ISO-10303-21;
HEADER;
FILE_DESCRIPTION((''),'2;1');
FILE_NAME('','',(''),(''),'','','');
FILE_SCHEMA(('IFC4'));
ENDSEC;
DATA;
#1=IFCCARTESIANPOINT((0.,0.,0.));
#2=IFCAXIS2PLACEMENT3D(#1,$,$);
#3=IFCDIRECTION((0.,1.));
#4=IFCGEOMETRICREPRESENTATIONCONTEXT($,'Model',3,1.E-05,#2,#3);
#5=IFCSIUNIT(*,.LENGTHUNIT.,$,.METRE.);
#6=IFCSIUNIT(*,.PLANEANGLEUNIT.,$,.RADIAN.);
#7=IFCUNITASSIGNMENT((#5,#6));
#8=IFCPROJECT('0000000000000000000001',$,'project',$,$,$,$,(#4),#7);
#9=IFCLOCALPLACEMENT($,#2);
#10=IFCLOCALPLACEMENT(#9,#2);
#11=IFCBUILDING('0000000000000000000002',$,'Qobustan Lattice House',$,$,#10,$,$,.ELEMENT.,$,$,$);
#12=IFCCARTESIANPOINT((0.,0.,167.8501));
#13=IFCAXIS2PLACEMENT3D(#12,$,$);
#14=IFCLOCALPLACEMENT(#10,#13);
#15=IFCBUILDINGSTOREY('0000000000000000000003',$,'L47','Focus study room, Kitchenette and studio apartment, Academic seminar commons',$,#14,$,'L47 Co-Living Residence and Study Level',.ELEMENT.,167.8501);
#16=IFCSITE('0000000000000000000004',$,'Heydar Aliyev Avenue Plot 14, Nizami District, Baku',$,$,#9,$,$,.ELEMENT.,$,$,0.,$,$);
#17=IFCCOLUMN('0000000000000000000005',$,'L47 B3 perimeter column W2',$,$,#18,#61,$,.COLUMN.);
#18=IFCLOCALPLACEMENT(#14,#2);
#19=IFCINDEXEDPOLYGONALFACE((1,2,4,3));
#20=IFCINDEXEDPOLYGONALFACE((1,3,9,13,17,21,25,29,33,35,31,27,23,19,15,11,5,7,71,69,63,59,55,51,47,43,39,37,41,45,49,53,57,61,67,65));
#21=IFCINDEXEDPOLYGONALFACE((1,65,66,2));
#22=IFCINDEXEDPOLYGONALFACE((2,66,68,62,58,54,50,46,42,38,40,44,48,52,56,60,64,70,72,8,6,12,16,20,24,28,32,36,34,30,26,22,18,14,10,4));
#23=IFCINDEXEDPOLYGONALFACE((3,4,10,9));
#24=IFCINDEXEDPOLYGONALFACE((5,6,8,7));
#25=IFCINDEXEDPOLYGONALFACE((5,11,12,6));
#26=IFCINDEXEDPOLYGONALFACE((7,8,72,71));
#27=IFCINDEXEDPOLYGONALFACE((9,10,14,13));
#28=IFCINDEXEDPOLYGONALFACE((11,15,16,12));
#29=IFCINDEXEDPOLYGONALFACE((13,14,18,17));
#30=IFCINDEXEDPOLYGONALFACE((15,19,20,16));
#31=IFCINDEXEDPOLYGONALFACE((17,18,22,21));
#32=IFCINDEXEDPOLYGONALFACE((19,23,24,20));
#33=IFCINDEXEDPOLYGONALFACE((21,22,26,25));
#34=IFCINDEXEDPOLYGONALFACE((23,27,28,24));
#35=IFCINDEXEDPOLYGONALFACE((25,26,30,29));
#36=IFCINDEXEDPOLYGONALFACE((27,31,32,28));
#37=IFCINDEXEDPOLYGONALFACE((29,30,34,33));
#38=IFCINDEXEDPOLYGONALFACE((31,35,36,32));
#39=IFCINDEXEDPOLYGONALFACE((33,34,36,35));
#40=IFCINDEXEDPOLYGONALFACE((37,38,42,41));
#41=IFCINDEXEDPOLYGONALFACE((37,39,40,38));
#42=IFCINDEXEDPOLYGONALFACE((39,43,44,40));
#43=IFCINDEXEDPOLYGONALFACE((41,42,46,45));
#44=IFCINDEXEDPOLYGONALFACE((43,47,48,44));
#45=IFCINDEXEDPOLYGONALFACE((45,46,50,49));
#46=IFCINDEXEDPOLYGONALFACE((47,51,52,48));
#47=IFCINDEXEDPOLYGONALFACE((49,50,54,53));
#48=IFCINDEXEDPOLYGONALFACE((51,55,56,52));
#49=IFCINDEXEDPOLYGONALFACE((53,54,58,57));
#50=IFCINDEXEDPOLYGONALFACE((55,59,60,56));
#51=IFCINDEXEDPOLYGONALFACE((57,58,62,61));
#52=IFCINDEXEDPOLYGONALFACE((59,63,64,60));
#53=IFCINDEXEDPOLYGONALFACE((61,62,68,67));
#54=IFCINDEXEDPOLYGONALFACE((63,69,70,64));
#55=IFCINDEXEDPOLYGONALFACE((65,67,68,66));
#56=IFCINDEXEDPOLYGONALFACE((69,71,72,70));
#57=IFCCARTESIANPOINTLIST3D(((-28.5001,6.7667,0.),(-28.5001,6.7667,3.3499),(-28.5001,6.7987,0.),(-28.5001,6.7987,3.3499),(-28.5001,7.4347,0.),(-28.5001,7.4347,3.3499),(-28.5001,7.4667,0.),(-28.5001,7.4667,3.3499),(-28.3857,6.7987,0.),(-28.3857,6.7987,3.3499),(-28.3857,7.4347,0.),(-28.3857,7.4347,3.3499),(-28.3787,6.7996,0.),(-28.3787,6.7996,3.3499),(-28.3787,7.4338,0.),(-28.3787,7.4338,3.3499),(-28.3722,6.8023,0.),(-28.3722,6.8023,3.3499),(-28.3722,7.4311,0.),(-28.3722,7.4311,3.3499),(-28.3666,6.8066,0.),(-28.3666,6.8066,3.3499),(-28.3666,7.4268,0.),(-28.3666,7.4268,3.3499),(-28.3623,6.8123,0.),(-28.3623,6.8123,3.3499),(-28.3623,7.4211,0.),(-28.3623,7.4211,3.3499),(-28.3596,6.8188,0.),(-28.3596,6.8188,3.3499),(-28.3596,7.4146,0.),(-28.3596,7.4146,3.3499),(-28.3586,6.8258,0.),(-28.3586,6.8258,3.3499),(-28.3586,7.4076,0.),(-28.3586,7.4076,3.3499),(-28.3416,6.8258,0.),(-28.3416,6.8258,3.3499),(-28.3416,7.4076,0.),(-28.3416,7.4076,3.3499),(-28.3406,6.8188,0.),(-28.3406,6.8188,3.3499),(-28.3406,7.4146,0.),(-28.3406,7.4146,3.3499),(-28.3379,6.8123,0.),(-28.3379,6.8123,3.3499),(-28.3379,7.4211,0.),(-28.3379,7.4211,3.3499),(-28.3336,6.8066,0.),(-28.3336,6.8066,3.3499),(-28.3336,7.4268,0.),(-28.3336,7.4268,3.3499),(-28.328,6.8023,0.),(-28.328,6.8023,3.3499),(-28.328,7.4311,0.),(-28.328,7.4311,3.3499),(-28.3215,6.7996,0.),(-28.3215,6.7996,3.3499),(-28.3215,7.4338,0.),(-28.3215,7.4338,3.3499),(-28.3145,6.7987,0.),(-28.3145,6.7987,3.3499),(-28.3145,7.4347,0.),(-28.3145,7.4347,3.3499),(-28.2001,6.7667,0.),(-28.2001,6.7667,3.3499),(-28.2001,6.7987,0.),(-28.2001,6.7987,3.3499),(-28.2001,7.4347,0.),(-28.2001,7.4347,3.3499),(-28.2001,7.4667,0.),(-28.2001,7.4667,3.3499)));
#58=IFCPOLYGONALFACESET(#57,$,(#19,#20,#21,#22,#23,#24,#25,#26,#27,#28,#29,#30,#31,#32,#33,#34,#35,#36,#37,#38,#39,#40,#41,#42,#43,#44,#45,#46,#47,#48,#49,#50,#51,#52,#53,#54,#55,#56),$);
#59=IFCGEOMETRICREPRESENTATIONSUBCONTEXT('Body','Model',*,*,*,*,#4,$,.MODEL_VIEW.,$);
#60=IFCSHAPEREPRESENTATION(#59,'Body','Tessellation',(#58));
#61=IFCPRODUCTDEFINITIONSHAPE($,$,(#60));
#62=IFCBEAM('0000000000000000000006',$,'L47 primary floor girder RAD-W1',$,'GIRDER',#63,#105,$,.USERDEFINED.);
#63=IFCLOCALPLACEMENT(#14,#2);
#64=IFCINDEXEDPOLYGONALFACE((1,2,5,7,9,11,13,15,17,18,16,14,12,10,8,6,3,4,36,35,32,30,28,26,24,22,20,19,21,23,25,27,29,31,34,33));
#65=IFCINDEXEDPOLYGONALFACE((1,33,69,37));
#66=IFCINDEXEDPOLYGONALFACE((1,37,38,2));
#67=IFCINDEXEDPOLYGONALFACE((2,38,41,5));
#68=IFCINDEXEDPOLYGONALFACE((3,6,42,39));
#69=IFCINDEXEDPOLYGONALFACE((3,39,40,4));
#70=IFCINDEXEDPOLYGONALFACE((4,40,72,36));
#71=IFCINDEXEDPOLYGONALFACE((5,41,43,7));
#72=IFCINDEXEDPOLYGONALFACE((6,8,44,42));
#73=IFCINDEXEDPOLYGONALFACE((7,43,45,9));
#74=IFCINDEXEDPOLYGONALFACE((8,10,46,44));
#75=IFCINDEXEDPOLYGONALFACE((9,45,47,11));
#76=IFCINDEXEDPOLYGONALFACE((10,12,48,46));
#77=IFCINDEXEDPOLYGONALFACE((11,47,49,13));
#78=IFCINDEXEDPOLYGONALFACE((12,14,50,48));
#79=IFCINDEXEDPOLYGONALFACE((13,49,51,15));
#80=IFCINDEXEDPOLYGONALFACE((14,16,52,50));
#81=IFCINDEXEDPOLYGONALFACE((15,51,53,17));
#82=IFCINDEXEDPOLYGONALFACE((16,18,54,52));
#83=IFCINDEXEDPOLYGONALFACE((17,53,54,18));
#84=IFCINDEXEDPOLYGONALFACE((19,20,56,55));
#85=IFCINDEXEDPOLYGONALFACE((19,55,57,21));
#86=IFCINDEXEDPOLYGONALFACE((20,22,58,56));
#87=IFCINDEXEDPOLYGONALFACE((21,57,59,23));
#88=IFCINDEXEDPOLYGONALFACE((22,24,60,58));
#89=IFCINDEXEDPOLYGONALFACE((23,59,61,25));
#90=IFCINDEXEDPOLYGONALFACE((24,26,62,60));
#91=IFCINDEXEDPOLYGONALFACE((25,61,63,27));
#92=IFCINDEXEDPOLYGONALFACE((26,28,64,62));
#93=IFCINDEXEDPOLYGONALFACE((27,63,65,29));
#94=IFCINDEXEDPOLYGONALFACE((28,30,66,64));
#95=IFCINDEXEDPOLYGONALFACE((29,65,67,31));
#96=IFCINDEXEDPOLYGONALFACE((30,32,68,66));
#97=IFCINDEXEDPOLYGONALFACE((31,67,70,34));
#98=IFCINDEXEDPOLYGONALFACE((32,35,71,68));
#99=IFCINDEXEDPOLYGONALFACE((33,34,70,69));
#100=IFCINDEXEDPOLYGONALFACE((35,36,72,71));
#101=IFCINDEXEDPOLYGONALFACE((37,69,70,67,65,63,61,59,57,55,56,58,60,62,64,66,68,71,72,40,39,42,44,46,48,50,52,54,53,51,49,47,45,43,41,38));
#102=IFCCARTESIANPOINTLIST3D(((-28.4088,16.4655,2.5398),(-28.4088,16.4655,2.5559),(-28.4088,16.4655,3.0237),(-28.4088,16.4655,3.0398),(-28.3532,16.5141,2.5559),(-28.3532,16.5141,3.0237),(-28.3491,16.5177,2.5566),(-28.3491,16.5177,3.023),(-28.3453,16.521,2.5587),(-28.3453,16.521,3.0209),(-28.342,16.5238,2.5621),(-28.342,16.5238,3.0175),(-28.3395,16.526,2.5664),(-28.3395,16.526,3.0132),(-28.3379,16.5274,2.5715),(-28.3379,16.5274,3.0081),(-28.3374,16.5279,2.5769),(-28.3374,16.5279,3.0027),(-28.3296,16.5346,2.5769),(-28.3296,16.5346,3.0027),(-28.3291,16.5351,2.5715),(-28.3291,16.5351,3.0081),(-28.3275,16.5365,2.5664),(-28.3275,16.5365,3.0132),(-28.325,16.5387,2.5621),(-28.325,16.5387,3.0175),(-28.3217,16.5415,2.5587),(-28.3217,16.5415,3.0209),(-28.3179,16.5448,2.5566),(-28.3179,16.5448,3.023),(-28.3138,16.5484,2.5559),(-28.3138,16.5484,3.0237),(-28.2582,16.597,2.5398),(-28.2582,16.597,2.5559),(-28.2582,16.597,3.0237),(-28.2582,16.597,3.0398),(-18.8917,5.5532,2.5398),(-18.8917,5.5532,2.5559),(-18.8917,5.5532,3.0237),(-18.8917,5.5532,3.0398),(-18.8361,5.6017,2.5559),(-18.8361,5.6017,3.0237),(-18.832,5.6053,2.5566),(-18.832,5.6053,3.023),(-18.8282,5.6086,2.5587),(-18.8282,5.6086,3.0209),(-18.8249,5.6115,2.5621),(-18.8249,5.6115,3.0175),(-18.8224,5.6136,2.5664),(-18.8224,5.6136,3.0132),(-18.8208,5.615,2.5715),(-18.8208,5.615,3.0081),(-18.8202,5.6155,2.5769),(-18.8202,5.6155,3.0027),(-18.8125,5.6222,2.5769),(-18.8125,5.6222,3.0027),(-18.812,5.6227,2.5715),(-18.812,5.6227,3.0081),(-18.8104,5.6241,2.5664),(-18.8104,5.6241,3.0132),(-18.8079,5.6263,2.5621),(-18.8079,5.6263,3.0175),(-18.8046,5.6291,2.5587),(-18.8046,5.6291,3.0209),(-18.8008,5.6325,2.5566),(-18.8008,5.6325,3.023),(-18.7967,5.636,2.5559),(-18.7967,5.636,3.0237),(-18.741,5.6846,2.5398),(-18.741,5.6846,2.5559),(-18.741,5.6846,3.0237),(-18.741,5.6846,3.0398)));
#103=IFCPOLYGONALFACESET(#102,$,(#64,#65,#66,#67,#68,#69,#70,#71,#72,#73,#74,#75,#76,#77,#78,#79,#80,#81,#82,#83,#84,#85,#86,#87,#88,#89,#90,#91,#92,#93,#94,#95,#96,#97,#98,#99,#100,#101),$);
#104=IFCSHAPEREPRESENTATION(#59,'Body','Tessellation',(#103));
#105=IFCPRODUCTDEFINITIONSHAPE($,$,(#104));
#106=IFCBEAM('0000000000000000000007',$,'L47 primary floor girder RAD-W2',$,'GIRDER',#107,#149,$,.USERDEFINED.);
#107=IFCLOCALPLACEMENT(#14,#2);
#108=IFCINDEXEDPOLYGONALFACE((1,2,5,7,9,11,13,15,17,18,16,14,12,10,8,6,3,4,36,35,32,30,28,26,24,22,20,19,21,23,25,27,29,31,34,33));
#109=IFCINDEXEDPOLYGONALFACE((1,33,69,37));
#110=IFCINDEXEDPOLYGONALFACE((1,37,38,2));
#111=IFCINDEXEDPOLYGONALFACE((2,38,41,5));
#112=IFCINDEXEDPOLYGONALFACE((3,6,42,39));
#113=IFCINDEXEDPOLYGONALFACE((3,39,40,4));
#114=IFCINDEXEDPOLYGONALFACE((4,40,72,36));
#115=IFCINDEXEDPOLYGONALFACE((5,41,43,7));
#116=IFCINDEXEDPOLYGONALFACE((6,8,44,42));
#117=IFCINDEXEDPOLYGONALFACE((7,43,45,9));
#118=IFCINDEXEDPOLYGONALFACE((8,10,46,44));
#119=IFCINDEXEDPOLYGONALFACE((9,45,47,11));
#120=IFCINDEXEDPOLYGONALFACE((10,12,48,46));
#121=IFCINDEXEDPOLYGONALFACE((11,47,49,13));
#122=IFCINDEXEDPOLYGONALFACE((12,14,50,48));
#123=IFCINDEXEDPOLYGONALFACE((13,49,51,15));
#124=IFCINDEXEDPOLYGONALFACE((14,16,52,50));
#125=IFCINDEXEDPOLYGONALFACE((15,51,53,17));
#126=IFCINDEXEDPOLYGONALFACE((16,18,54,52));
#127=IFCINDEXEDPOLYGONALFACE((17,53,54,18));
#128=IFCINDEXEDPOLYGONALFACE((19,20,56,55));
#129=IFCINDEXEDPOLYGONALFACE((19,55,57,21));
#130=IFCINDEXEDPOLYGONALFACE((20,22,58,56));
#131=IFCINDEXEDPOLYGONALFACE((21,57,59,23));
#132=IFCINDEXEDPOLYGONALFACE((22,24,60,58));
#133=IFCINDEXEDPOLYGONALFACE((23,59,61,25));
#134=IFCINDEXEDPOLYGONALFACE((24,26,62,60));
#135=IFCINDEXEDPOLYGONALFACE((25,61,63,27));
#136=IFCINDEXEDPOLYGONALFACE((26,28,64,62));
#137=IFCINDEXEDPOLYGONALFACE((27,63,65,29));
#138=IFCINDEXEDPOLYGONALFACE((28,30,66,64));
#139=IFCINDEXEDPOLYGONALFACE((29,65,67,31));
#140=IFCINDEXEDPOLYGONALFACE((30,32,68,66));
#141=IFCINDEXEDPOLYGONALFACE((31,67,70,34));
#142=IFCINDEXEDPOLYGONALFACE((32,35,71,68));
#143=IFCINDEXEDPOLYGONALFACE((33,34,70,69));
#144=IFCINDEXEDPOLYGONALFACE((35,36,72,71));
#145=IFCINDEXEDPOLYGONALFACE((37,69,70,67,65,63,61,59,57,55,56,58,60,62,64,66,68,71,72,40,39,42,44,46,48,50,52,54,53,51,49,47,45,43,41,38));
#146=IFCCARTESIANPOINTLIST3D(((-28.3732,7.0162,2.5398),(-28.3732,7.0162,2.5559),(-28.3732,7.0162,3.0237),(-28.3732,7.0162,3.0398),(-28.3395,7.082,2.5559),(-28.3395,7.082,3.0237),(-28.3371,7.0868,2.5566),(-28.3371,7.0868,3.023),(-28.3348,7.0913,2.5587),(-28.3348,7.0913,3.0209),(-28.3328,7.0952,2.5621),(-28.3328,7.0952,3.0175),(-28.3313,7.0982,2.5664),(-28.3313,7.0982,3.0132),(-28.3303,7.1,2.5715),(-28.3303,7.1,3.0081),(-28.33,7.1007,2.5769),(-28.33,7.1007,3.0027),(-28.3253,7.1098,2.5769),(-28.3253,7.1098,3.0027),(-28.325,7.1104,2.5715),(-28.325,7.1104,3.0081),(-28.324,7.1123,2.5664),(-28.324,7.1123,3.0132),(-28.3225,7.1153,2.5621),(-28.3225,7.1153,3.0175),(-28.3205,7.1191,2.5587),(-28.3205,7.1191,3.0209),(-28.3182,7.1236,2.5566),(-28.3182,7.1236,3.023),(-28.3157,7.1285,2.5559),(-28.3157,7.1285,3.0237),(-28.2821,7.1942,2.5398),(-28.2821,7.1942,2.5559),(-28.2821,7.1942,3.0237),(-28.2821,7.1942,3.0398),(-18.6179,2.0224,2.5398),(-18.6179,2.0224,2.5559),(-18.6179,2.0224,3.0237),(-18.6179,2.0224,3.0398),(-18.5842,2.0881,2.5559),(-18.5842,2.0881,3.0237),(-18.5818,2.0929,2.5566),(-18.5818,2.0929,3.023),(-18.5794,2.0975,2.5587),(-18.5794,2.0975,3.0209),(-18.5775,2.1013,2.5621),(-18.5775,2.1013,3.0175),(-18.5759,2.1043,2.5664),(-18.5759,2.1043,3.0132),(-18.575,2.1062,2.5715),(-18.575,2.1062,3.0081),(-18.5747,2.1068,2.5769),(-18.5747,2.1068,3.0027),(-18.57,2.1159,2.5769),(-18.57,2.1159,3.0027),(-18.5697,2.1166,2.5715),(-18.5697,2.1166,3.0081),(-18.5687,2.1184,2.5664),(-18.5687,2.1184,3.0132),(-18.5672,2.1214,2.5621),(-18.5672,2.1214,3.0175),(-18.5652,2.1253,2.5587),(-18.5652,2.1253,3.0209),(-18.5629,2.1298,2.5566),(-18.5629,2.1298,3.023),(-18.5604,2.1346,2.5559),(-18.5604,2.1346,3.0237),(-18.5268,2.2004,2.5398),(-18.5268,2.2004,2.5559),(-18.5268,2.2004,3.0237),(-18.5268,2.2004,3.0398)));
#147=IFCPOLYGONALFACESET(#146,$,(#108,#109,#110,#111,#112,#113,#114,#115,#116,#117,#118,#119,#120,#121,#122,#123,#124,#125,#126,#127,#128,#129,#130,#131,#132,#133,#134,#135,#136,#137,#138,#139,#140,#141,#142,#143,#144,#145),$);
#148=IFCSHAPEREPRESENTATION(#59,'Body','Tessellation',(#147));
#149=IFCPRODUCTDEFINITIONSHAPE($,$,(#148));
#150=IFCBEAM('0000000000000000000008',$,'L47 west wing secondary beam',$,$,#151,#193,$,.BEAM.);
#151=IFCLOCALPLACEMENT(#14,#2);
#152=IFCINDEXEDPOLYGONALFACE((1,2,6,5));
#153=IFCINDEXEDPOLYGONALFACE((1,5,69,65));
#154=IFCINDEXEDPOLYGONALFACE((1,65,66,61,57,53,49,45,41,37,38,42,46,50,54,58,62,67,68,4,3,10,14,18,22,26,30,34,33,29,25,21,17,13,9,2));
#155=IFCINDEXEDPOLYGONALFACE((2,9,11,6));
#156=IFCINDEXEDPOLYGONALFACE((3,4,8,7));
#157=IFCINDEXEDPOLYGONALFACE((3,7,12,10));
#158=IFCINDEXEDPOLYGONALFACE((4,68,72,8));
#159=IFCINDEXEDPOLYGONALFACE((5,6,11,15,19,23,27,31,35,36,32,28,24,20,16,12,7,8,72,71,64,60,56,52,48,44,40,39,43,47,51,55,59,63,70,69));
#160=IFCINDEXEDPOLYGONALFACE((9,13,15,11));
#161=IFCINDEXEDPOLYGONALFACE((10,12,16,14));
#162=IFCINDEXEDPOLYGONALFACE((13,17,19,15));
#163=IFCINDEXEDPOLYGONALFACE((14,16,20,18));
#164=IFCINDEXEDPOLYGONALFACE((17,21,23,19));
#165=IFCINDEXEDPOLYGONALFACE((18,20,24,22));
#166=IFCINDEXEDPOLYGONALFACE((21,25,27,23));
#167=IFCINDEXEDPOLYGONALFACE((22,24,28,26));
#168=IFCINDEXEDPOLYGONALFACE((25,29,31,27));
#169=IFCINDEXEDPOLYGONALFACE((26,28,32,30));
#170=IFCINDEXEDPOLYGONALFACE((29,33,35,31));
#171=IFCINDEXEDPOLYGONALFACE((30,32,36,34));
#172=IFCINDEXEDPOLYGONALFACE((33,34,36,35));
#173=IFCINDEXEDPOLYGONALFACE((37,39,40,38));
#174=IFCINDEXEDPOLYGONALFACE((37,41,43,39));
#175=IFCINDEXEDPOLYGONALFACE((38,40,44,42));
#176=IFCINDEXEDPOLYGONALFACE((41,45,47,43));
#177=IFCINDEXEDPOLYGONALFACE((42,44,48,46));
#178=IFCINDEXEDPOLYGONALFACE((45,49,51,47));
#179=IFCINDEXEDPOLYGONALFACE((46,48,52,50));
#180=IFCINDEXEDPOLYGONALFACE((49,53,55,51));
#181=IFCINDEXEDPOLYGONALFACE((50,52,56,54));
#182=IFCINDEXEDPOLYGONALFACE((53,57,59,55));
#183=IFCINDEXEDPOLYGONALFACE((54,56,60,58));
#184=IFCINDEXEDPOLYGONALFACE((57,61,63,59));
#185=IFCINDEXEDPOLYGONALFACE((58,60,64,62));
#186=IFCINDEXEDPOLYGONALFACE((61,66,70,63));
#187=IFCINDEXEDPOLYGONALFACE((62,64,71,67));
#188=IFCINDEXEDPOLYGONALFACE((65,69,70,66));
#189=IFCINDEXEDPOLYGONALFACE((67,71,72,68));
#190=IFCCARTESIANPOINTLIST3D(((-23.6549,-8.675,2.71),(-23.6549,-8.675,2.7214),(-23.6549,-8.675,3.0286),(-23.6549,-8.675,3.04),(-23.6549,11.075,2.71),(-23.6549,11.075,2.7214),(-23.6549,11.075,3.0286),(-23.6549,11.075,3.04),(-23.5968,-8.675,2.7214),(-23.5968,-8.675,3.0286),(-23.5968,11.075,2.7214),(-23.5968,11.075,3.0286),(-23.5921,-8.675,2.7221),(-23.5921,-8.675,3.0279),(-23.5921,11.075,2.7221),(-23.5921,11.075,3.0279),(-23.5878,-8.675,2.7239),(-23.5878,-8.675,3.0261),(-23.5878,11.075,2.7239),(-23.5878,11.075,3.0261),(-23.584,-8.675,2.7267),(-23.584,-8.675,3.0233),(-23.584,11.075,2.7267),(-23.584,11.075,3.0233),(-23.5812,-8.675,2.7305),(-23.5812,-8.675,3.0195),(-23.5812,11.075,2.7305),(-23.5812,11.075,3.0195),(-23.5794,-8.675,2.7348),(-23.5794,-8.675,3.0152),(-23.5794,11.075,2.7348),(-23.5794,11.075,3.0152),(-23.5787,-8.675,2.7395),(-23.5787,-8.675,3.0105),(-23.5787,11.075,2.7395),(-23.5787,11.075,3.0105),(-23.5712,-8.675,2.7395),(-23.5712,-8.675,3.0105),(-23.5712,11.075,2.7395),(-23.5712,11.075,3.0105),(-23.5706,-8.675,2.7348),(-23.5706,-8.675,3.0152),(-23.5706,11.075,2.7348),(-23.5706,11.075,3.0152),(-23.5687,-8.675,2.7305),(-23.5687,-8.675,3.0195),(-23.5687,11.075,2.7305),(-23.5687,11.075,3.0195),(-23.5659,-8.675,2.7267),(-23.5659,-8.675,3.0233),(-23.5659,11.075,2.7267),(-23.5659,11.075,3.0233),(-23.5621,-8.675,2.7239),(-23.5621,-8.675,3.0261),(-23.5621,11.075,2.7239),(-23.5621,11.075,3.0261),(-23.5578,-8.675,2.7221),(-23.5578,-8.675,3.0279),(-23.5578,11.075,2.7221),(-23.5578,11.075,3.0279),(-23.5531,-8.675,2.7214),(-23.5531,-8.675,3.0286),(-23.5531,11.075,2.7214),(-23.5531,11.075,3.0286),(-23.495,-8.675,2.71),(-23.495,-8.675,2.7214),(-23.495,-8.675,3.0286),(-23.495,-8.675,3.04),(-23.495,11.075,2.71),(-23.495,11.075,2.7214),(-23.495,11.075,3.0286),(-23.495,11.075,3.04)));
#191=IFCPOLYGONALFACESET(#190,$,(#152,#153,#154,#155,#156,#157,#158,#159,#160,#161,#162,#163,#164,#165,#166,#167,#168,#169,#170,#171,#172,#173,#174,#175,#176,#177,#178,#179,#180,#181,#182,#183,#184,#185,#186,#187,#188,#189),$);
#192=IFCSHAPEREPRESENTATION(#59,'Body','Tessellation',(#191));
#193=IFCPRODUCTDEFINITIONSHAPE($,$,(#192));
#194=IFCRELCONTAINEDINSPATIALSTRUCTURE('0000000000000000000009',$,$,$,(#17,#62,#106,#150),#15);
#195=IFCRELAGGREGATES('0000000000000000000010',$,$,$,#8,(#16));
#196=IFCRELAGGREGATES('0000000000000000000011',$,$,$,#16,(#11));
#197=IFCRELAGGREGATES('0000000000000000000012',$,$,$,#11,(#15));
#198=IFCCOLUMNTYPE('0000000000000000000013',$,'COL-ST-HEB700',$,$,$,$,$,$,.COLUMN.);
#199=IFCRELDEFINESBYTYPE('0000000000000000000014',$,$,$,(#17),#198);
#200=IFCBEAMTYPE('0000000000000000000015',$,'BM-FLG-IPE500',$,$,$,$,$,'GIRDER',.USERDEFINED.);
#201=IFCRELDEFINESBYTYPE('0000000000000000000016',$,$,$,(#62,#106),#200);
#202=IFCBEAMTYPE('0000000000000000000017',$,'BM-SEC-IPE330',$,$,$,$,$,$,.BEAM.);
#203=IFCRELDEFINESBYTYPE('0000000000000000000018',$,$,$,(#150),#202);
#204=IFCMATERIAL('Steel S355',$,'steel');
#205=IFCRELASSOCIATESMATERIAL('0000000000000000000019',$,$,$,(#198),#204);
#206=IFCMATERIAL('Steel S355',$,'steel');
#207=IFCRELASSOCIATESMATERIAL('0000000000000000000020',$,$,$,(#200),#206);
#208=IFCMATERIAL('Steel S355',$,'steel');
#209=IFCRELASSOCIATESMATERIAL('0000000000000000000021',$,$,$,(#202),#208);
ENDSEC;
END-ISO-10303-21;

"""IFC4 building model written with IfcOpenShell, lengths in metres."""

from ifc_helpers import new_model, si_unit, direction, frame, origin, origin_2d, place, context, subcontext, project, spatial, i_section, extrude, material, material_profile, profile_set, type_object, element, save


model = new_model("IFC4")

# Units and contexts
model_context = context("Model", 3, precision=1e-05, world=origin(), true_north=direction((0.0, 1.0)))
body_context = subcontext(model_context, "Body", "Model", "MODEL_VIEW")
ifc_project = project(units=[si_unit("LENGTHUNIT", "METRE"), si_unit("PLANEANGLEUNIT", "RADIAN")], contexts=[model_context])

# Site, building, storey
site_placement = place(None, origin())
site = spatial("IfcSite", under=ifc_project, at=site_placement, Name="Heydar Aliyev Avenue Plot 14, Nizami District, Baku", CompositionType="ELEMENT", RefElevation=0.0)
building_placement = place(site_placement, origin())
building = spatial("IfcBuilding", under=site, at=building_placement, Name="Qobustan Lattice House", CompositionType="ELEMENT")
storey_placement = place(building_placement, frame((0.0, 0.0, 167.8501)))
storey = spatial("IfcBuildingStorey", under=building, at=storey_placement, Name="L47", Description="Focus study room, Kitchenette and studio apartment, Academic seminar commons", LongName="L47 Co-Living Residence and Study Level", CompositionType="ELEMENT", Elevation=167.8501)

# Column
ifc_material_1 = material(Name="Steel S355", Category="steel")
ifc_material_profile_1 = material_profile(ifc_material_1, i_section(OverallWidth=0.3, OverallDepth=0.7, WebThickness=0.0171, FlangeThickness=0.032, FilletRadius=0.0271, at=origin_2d()), Name="HEB700")
ifc_profile_set_1 = profile_set([ifc_material_profile_1], Name="Steel S355")
column_type = type_object("IfcColumnType", Name="COL-ST-HEB700", PredefinedType="COLUMN", material=ifc_profile_set_1)
column_placement = place(storey_placement, frame((-28.3501, 7.1167, 0.0), z_axis=(0.0, 0.0, 1.0), x_axis=(1.0, 0.0, 0.0)))
element("IfcColumn", 1, at=column_placement, inside=storey, type_object=column_type, Name="L47 B3 perimeter column W2", PredefinedType="COLUMN", context=body_context, shape_type="SweptSolid", body=[
    extrude(i_section(OverallWidth=0.3, OverallDepth=0.7, WebThickness=0.0171, FlangeThickness=0.032, FilletRadius=0.0271, at=origin_2d()), origin(), (0.0, 0.0, 1.0), 3.3499),
])

# Beams
ifc_material_2 = material(Name="Steel S355", Category="steel")
ifc_material_profile_2 = material_profile(ifc_material_2, i_section(OverallWidth=0.2, OverallDepth=0.5, WebThickness=0.0103, FlangeThickness=0.0161, FilletRadius=0.021, at=origin_2d()), Name="IPE500")
ifc_profile_set_2 = profile_set([ifc_material_profile_2], Name="Steel S355")
beam_type_1 = type_object("IfcBeamType", Name="BM-FLG-IPE500", ElementType="GIRDER", PredefinedType="USERDEFINED", material=ifc_profile_set_2)
beam_1_placement = place(storey_placement, frame((-28.3335, 16.5312, 2.7898), z_axis=(0.657283, -0.753644, 0.0), x_axis=(0.753644, 0.657283, 0.0)))
element("IfcBeam", 2, at=beam_1_placement, inside=storey, type_object=beam_type_1, Name="L47 primary floor girder RAD-W1", ObjectType="GIRDER", PredefinedType="USERDEFINED", context=body_context, shape_type="SweptSolid", body=[
    extrude(i_section(OverallWidth=0.2, OverallDepth=0.5, WebThickness=0.0103, FlangeThickness=0.0161, FilletRadius=0.021, at=origin_2d()), origin(), (0.0, 0.0, 1.0), 14.4795),
])
beam_2_placement = place(storey_placement, frame((-28.3276, 7.1052, 2.7898), z_axis=(0.890145, -0.455677, 0.0), x_axis=(0.455677, 0.890145, 0.0)))
element("IfcBeam", 3, at=beam_2_placement, inside=storey, type_object=beam_type_1, Name="L47 primary floor girder RAD-W2", ObjectType="GIRDER", PredefinedType="USERDEFINED", context=body_context, shape_type="SweptSolid", body=[
    extrude(i_section(OverallWidth=0.2, OverallDepth=0.5, WebThickness=0.0103, FlangeThickness=0.0161, FilletRadius=0.021, at=origin_2d()), origin(), (0.0, 0.0, 1.0), 10.9592),
])
ifc_material_3 = material(Name="Steel S355", Category="steel")
ifc_material_profile_3 = material_profile(ifc_material_3, i_section(OverallWidth=0.1599, OverallDepth=0.3301, WebThickness=0.0076, FlangeThickness=0.0115, FilletRadius=0.0181, at=origin_2d()), Name="IPE330")
ifc_profile_set_3 = profile_set([ifc_material_profile_3], Name="Steel S355")
beam_type_2 = type_object("IfcBeamType", Name="BM-SEC-IPE330", PredefinedType="BEAM", material=ifc_profile_set_3)
beam_3_placement = place(storey_placement, frame((-23.575, 11.075, 2.875), z_axis=(0.0, -1.0, 0.0), x_axis=(1.0, 0.0, 0.0)))
element("IfcBeam", 4, at=beam_3_placement, inside=storey, type_object=beam_type_2, Name="L47 west wing secondary beam", PredefinedType="BEAM", context=body_context, shape_type="SweptSolid", body=[
    extrude(i_section(OverallWidth=0.1599, OverallDepth=0.3301, WebThickness=0.0076, FlangeThickness=0.0115, FilletRadius=0.0181, at=origin_2d()), origin(), (0.0, 0.0, 1.0), 19.75),
])

save(model, "model.ifc")
